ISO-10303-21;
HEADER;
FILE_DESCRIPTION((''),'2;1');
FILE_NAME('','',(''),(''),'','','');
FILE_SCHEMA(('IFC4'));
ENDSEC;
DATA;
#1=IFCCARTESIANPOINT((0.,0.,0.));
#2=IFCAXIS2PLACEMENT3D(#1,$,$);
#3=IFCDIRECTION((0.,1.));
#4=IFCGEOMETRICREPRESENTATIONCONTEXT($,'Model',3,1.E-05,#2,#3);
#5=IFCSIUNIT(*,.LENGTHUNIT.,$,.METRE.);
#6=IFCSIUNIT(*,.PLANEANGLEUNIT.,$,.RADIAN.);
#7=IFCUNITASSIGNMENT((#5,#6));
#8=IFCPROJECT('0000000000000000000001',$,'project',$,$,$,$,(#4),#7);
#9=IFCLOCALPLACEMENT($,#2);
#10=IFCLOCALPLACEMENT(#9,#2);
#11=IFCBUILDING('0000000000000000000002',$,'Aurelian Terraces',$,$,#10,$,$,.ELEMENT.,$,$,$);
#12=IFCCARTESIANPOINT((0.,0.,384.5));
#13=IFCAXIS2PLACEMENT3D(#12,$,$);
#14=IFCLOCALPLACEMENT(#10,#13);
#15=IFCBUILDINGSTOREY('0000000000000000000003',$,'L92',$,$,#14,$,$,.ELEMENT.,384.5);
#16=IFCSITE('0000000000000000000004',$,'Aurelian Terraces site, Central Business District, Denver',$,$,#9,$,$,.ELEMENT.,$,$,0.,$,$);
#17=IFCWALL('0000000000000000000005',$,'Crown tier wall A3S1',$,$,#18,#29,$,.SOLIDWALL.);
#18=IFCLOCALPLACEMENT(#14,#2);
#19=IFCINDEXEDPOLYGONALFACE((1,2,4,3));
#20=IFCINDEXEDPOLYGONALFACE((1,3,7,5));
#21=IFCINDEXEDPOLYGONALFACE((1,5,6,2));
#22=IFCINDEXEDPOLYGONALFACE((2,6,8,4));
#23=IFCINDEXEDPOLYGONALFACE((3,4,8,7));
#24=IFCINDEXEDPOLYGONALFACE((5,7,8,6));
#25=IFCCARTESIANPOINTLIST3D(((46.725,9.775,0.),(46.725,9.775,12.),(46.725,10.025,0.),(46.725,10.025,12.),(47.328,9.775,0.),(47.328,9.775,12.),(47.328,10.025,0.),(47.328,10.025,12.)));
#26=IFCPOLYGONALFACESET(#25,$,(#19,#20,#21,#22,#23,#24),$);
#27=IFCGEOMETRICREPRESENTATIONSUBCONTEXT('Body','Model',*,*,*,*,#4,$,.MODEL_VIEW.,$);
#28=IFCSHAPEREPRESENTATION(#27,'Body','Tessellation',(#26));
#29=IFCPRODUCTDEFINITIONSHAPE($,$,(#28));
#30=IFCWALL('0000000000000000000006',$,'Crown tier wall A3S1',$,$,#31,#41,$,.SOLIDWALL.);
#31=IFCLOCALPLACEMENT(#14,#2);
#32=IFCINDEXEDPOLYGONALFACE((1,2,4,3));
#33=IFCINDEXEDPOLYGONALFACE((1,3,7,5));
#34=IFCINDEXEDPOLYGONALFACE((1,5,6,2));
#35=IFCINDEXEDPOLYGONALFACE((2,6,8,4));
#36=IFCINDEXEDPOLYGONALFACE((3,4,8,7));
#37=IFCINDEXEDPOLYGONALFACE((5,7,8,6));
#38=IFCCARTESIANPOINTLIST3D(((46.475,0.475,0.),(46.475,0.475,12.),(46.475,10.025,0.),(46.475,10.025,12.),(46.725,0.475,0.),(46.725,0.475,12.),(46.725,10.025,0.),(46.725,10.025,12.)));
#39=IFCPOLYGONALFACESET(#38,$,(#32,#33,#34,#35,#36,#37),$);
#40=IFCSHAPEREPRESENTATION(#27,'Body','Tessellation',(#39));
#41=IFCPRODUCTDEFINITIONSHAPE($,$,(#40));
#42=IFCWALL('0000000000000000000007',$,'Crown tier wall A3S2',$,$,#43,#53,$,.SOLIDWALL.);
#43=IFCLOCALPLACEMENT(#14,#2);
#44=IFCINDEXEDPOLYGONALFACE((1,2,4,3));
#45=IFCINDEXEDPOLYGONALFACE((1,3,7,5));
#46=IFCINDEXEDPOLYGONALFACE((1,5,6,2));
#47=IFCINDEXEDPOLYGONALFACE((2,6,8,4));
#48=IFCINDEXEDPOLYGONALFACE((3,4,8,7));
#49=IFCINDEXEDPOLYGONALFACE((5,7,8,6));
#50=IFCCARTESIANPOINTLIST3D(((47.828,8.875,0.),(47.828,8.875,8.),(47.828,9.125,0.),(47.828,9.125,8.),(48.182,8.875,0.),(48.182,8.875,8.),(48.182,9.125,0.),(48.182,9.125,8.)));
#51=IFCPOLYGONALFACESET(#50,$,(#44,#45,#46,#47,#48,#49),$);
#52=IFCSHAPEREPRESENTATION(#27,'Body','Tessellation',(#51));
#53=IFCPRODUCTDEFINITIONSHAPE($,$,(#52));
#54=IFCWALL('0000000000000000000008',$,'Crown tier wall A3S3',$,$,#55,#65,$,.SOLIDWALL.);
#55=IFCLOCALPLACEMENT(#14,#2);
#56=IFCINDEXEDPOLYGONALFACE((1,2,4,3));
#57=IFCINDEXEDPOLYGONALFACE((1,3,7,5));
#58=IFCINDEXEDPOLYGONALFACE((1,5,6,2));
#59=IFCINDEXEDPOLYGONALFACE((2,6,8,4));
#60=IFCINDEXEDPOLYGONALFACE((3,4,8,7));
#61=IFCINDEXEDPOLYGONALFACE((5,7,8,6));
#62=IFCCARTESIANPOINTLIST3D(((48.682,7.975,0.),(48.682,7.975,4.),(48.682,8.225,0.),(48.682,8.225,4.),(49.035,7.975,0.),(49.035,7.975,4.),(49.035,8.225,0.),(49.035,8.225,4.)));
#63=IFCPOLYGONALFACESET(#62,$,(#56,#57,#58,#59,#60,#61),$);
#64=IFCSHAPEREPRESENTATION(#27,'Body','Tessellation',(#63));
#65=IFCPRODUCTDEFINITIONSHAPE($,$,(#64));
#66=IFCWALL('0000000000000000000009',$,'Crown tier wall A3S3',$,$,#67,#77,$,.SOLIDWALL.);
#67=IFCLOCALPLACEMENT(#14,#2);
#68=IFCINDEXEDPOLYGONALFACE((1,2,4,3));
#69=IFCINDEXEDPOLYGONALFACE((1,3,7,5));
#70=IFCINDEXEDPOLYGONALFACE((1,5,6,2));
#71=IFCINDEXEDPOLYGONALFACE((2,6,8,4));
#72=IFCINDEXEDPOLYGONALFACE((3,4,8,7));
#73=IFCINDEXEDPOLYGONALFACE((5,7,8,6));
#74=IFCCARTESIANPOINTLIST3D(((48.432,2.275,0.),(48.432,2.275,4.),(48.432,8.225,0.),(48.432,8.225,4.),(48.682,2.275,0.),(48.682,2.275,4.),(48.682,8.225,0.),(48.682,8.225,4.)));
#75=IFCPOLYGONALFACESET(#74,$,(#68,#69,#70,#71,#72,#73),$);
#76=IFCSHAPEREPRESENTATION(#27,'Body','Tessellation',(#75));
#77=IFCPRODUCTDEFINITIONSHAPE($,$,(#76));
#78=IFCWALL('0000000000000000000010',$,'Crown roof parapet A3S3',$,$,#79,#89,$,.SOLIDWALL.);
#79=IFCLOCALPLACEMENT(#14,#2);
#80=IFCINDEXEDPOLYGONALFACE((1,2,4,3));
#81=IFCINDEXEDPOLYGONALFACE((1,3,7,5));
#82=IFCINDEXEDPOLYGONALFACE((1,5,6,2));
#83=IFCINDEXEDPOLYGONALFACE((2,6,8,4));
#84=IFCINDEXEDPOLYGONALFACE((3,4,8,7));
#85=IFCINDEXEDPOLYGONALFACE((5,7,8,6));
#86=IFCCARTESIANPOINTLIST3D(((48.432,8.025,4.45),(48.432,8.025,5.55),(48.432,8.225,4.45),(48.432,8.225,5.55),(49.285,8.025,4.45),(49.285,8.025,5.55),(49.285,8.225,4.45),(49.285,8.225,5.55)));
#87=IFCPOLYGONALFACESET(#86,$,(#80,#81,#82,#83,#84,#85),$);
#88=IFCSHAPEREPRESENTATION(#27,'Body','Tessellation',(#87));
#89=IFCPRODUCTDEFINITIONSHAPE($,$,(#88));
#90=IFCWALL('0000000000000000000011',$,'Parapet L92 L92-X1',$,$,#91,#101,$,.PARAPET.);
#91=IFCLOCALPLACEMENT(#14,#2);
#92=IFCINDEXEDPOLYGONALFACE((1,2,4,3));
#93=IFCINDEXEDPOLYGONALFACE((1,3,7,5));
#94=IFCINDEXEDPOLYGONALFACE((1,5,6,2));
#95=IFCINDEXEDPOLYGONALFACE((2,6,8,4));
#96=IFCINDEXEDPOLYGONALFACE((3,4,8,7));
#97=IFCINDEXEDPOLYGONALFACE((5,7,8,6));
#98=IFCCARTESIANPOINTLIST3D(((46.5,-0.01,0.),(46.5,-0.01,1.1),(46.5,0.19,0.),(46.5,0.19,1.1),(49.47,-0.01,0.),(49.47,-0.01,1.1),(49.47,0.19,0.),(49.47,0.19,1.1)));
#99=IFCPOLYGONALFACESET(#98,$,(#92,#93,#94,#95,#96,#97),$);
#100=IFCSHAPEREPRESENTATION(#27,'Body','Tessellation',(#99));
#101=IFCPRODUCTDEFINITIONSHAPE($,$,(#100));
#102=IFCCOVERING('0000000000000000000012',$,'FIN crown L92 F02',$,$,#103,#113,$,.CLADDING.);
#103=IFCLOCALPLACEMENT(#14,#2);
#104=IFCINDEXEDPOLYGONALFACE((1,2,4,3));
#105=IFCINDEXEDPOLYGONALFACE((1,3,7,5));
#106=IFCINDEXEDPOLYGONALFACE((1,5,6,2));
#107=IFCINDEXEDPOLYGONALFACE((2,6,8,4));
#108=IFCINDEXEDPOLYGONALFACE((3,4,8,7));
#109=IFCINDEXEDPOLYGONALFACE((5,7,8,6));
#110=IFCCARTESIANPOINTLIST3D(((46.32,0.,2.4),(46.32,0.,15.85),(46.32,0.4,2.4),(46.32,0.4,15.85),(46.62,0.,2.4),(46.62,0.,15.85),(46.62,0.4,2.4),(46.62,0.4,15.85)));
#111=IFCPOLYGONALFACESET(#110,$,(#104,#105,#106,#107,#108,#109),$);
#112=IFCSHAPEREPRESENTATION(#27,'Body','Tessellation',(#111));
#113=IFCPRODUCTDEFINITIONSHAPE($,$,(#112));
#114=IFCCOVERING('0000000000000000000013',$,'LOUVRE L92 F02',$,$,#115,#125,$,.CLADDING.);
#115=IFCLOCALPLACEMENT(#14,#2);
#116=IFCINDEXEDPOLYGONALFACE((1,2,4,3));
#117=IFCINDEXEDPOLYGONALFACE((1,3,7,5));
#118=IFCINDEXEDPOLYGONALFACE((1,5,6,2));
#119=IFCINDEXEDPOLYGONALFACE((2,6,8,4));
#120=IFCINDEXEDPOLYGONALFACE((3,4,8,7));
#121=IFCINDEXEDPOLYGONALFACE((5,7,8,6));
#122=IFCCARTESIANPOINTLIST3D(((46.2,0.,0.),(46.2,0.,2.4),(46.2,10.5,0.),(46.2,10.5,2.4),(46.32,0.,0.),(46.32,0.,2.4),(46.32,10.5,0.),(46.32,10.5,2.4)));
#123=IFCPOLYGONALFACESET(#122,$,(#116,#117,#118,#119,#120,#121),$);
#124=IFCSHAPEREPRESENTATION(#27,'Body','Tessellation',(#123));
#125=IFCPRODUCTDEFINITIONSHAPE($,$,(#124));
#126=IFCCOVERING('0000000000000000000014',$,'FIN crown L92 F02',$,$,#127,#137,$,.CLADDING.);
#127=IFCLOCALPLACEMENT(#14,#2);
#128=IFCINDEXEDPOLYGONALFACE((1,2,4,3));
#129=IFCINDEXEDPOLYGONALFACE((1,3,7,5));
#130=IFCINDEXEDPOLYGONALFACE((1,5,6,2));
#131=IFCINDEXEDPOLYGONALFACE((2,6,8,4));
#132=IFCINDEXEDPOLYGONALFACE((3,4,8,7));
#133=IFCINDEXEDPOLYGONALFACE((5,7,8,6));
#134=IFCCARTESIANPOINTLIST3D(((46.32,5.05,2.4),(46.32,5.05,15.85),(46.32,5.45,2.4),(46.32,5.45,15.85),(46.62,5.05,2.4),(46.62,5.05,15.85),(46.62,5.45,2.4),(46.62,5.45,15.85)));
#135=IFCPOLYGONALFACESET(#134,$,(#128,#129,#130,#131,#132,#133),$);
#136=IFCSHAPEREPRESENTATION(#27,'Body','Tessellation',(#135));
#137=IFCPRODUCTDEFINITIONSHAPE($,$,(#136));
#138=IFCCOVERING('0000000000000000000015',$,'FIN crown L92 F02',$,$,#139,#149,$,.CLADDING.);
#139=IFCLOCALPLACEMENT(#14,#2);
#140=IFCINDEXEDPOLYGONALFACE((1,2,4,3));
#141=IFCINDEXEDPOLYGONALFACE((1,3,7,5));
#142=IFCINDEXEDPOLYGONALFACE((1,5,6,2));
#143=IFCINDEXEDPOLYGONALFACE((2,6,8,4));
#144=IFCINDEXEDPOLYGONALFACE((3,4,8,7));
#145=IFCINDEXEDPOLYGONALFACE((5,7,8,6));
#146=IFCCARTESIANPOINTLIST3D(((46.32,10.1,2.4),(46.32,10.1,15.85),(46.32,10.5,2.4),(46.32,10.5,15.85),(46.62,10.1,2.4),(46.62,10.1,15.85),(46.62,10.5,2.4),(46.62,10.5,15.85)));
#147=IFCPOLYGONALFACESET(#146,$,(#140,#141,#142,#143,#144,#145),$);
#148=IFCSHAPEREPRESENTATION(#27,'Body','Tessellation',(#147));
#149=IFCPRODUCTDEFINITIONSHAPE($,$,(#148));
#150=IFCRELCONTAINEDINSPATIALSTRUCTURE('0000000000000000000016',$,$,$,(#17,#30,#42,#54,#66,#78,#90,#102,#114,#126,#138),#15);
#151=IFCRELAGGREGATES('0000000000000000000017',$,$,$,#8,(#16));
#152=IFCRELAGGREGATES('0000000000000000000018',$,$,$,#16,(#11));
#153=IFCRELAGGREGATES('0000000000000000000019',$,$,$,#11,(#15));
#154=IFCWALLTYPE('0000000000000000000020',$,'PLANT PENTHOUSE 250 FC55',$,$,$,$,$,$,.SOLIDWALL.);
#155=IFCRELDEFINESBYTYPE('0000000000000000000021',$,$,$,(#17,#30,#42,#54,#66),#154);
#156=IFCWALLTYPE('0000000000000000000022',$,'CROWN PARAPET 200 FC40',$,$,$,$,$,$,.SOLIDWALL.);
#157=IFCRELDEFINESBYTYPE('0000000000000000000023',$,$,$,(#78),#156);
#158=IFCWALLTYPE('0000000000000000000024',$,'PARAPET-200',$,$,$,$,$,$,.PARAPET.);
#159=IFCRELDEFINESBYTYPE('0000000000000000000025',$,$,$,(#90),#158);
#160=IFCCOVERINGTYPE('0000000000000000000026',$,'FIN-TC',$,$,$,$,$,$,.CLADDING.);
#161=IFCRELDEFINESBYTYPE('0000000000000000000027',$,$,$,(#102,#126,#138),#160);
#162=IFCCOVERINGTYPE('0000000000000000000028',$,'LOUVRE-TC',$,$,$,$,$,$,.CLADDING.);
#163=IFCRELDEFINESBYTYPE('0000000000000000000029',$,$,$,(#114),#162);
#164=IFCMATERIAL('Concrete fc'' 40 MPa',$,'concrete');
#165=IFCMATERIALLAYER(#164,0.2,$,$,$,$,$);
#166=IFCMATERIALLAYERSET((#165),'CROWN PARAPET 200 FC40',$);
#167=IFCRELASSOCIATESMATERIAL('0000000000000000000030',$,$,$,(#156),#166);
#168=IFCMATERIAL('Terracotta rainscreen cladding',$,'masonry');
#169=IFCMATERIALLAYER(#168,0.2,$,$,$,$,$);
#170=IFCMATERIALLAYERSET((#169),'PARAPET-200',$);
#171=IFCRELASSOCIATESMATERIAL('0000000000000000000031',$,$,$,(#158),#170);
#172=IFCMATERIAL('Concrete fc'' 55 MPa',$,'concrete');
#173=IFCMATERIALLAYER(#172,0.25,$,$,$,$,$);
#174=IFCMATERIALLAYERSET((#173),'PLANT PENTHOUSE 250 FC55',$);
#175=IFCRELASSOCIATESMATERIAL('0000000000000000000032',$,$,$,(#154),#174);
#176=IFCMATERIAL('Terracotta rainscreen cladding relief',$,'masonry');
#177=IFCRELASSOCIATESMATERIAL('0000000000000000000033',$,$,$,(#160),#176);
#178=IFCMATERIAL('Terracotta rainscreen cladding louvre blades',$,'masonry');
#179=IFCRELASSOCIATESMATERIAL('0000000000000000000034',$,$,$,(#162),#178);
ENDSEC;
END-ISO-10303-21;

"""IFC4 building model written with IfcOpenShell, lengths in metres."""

from ifc_helpers import new_model, si_unit, direction, frame, frame_2d, origin, origin_2d, place, context, subcontext, project, spatial, rectangle, extrude, source, transform, mapped, material, layer, layer_set, type_object, element, save


model = new_model("IFC4")

# Units and contexts
model_context = context("Model", 3, precision=1e-05, world=origin(), true_north=direction((0.0, 1.0)))
body_context = subcontext(model_context, "Body", "Model", "MODEL_VIEW")
ifc_project = project(units=[si_unit("LENGTHUNIT", "METRE"), si_unit("PLANEANGLEUNIT", "RADIAN")], contexts=[model_context])

# Site, building, storey
site_placement = place(None, origin())
site = spatial("IfcSite", under=ifc_project, at=site_placement, Name="Aurelian Terraces site, Central Business District, Denver", CompositionType="ELEMENT", RefElevation=0.0)
building_placement = place(site_placement, origin())
building = spatial("IfcBuilding", under=site, at=building_placement, Name="Aurelian Terraces", CompositionType="ELEMENT")
storey_placement = place(building_placement, frame((0.0, 0.0, 384.5)))
storey = spatial("IfcBuildingStorey", under=building, at=storey_placement, Name="L92", CompositionType="ELEMENT", Elevation=384.5)

# Walls
ifc_material_1 = material(Name="Concrete fc' 40 MPa", Category="concrete")
ifc_layer_1 = layer(ifc_material_1, 0.2)
ifc_layer_set_1 = layer_set([ifc_layer_1], Name="CROWN PARAPET 200 FC40")
wall_type_1 = type_object("IfcWallType", Name="CROWN PARAPET 200 FC40", PredefinedType="SOLIDWALL", material=ifc_layer_set_1)
ifc_material_2 = material(Name="Terracotta rainscreen cladding", Category="masonry")
ifc_layer_2 = layer(ifc_material_2, 0.2)
ifc_layer_set_2 = layer_set([ifc_layer_2], Name="PARAPET-200")
wall_type_2 = type_object("IfcWallType", Name="PARAPET-200", PredefinedType="PARAPET", material=ifc_layer_set_2)
ifc_material_3 = material(Name="Concrete fc' 55 MPa", Category="concrete")
ifc_layer_3 = layer(ifc_material_3, 0.25)
ifc_layer_set_3 = layer_set([ifc_layer_3], Name="PLANT PENTHOUSE 250 FC55")
wall_type_3 = type_object("IfcWallType", Name="PLANT PENTHOUSE 250 FC55", PredefinedType="SOLIDWALL", material=ifc_layer_set_3)
shared_shape_1 = source(origin(), body_context, "Body", "SweptSolid", [
    extrude(rectangle(XDim=0.603, YDim=0.25, at=frame_2d((0.3015, 0.0))), origin(), (0.0, 0.0, 1.0), 12.0),
])
wall_1_placement = place(storey_placement, frame((47.328, 9.9, 0.0), z_axis=(0.0, 0.0, 1.0), x_axis=(-1.0, 0.0, 0.0)))
element("IfcWall", 1, at=wall_1_placement, inside=storey, type_object=wall_type_3, Name="Crown tier wall A3S1", PredefinedType="SOLIDWALL", context=body_context, shape_type="MappedRepresentation", body=[
    mapped(shared_shape_1, transform((0.0, 0.0, 0.0), scale=1.0)),
])
shared_shape_2 = source(origin(), body_context, "Body", "SweptSolid", [
    extrude(rectangle(XDim=9.55, YDim=0.25, at=frame_2d((4.775, 0.0))), origin(), (0.0, 0.0, 1.0), 12.0),
])
wall_2_placement = place(storey_placement, frame((46.6, 10.025, 0.0), z_axis=(0.0, 0.0, 1.0), x_axis=(0.0, -1.0, 0.0)))
element("IfcWall", 2, at=wall_2_placement, inside=storey, type_object=wall_type_3, Name="Crown tier wall A3S1", PredefinedType="SOLIDWALL", context=body_context, shape_type="MappedRepresentation", body=[
    mapped(shared_shape_2, transform((0.0, 0.0, 0.0), scale=1.0)),
])
shared_shape_3 = source(origin(), body_context, "Body", "SweptSolid", [
    extrude(rectangle(XDim=0.354, YDim=0.25, at=frame_2d((0.177, 0.0))), origin(), (0.0, 0.0, 1.0), 8.0),
])
wall_3_placement = place(storey_placement, frame((48.182, 9.0, 0.0), z_axis=(0.0, 0.0, 1.0), x_axis=(-1.0, 0.0, 0.0)))
element("IfcWall", 3, at=wall_3_placement, inside=storey, type_object=wall_type_3, Name="Crown tier wall A3S2", PredefinedType="SOLIDWALL", context=body_context, shape_type="MappedRepresentation", body=[
    mapped(shared_shape_3, transform((0.0, 0.0, 0.0), scale=1.0)),
])
shared_shape_4 = source(origin(), body_context, "Body", "SweptSolid", [
    extrude(rectangle(XDim=0.353, YDim=0.25, at=frame_2d((0.1765, 0.0))), origin(), (0.0, 0.0, 1.0), 4.0),
])
wall_4_placement = place(storey_placement, frame((49.035, 8.1, 0.0), z_axis=(0.0, 0.0, 1.0), x_axis=(-1.0, 0.0, 0.0)))
element("IfcWall", 4, at=wall_4_placement, inside=storey, type_object=wall_type_3, Name="Crown tier wall A3S3", PredefinedType="SOLIDWALL", context=body_context, shape_type="MappedRepresentation", body=[
    mapped(shared_shape_4, transform((0.0, 0.0, 0.0), scale=1.0)),
])
shared_shape_5 = source(origin(), body_context, "Body", "SweptSolid", [
    extrude(rectangle(XDim=5.95, YDim=0.25, at=frame_2d((2.975, 0.0))), origin(), (0.0, 0.0, 1.0), 4.0),
])
wall_5_placement = place(storey_placement, frame((48.557, 8.225, 0.0), z_axis=(0.0, 0.0, 1.0), x_axis=(0.0, -1.0, 0.0)))
element("IfcWall", 5, at=wall_5_placement, inside=storey, type_object=wall_type_3, Name="Crown tier wall A3S3", PredefinedType="SOLIDWALL", context=body_context, shape_type="MappedRepresentation", body=[
    mapped(shared_shape_5, transform((0.0, 0.0, 0.0), scale=1.0)),
])
shared_shape_6 = source(origin(), body_context, "Body", "SweptSolid", [
    extrude(rectangle(XDim=0.853, YDim=0.2, at=frame_2d((0.4265, 0.0))), origin(), (0.0, 0.0, 1.0), 1.1),
])
wall_6_placement = place(storey_placement, frame((48.432, 8.125, 4.45), z_axis=(0.0, 0.0, 1.0), x_axis=(1.0, 0.0, 0.0)))
element("IfcWall", 6, at=wall_6_placement, inside=storey, type_object=wall_type_1, Name="Crown roof parapet A3S3", PredefinedType="SOLIDWALL", context=body_context, shape_type="MappedRepresentation", body=[
    mapped(shared_shape_6, transform((0.0, 0.0, 0.0), scale=1.0)),
])
shared_shape_7 = source(origin(), body_context, "Body", "SweptSolid", [
    extrude(rectangle(XDim=2.97, YDim=0.2, at=frame_2d((1.485, 0.0))), origin(), (0.0, 0.0, 1.0), 1.1),
])
wall_7_placement = place(storey_placement, frame((49.47, 0.09, 0.0), z_axis=(0.0, 0.0, 1.0), x_axis=(-1.0, 0.0, 0.0)))
element("IfcWall", 7, at=wall_7_placement, inside=storey, type_object=wall_type_2, Name="Parapet L92 L92-X1", PredefinedType="PARAPET", context=body_context, shape_type="MappedRepresentation", body=[
    mapped(shared_shape_7, transform((0.0, 0.0, 0.0), scale=1.0)),
])

# Coverings
ifc_material_4 = material(Name="Terracotta rainscreen cladding relief", Category="masonry")
covering_type_1 = type_object("IfcCoveringType", Name="FIN-TC", PredefinedType="CLADDING", material=ifc_material_4)
covering_1_placement = place(storey_placement, frame((46.47, 0.2, 2.4), z_axis=(0.0, 0.0, 1.0), x_axis=(1.0, 0.0, 0.0)))
element("IfcCovering", 8, at=covering_1_placement, inside=storey, type_object=covering_type_1, Name="FIN crown L92 F02", PredefinedType="CLADDING", context=body_context, shape_type="SweptSolid", body=[
    extrude(rectangle(XDim=0.3, YDim=0.4, at=origin_2d()), origin(), (0.0, 0.0, 1.0), 13.45),
])
ifc_material_5 = material(Name="Terracotta rainscreen cladding louvre blades", Category="masonry")
covering_type_2 = type_object("IfcCoveringType", Name="LOUVRE-TC", PredefinedType="CLADDING", material=ifc_material_5)
covering_2_placement = place(storey_placement, frame((46.26, 5.25, 0.0), z_axis=(0.0, 0.0, 1.0), x_axis=(1.0, 0.0, 0.0)))
element("IfcCovering", 9, at=covering_2_placement, inside=storey, type_object=covering_type_2, Name="LOUVRE L92 F02", PredefinedType="CLADDING", context=body_context, shape_type="SweptSolid", body=[
    extrude(rectangle(XDim=0.12, YDim=10.5, at=origin_2d()), origin(), (0.0, 0.0, 1.0), 2.4),
])
shared_shape_8 = source(origin(), body_context, "Body", "SweptSolid", [
    extrude(rectangle(XDim=0.3, YDim=0.4, at=origin_2d()), origin(), (0.0, 0.0, 1.0), 13.45),
])
for number, where, z_axis, x_axis, name in (
    (10, (46.47, 5.25, 2.4), (0.0, 0.0, 1.0), (1.0, 0.0, 0.0), "FIN crown L92 F02"),
    (11, (46.47, 10.3, 2.4), (0.0, 0.0, 1.0), (1.0, 0.0, 0.0), "FIN crown L92 F02"),
):
    element("IfcCovering", number, at=place(storey_placement, frame(where, z_axis=z_axis, x_axis=x_axis)), inside=storey, type_object=covering_type_1, Name=name, PredefinedType="CLADDING", context=body_context, shape_type="MappedRepresentation", body=[
        mapped(shared_shape_8, transform((0.0, 0.0, 0.0), scale=1.0)),
    ])

save(model, "model.ifc")
